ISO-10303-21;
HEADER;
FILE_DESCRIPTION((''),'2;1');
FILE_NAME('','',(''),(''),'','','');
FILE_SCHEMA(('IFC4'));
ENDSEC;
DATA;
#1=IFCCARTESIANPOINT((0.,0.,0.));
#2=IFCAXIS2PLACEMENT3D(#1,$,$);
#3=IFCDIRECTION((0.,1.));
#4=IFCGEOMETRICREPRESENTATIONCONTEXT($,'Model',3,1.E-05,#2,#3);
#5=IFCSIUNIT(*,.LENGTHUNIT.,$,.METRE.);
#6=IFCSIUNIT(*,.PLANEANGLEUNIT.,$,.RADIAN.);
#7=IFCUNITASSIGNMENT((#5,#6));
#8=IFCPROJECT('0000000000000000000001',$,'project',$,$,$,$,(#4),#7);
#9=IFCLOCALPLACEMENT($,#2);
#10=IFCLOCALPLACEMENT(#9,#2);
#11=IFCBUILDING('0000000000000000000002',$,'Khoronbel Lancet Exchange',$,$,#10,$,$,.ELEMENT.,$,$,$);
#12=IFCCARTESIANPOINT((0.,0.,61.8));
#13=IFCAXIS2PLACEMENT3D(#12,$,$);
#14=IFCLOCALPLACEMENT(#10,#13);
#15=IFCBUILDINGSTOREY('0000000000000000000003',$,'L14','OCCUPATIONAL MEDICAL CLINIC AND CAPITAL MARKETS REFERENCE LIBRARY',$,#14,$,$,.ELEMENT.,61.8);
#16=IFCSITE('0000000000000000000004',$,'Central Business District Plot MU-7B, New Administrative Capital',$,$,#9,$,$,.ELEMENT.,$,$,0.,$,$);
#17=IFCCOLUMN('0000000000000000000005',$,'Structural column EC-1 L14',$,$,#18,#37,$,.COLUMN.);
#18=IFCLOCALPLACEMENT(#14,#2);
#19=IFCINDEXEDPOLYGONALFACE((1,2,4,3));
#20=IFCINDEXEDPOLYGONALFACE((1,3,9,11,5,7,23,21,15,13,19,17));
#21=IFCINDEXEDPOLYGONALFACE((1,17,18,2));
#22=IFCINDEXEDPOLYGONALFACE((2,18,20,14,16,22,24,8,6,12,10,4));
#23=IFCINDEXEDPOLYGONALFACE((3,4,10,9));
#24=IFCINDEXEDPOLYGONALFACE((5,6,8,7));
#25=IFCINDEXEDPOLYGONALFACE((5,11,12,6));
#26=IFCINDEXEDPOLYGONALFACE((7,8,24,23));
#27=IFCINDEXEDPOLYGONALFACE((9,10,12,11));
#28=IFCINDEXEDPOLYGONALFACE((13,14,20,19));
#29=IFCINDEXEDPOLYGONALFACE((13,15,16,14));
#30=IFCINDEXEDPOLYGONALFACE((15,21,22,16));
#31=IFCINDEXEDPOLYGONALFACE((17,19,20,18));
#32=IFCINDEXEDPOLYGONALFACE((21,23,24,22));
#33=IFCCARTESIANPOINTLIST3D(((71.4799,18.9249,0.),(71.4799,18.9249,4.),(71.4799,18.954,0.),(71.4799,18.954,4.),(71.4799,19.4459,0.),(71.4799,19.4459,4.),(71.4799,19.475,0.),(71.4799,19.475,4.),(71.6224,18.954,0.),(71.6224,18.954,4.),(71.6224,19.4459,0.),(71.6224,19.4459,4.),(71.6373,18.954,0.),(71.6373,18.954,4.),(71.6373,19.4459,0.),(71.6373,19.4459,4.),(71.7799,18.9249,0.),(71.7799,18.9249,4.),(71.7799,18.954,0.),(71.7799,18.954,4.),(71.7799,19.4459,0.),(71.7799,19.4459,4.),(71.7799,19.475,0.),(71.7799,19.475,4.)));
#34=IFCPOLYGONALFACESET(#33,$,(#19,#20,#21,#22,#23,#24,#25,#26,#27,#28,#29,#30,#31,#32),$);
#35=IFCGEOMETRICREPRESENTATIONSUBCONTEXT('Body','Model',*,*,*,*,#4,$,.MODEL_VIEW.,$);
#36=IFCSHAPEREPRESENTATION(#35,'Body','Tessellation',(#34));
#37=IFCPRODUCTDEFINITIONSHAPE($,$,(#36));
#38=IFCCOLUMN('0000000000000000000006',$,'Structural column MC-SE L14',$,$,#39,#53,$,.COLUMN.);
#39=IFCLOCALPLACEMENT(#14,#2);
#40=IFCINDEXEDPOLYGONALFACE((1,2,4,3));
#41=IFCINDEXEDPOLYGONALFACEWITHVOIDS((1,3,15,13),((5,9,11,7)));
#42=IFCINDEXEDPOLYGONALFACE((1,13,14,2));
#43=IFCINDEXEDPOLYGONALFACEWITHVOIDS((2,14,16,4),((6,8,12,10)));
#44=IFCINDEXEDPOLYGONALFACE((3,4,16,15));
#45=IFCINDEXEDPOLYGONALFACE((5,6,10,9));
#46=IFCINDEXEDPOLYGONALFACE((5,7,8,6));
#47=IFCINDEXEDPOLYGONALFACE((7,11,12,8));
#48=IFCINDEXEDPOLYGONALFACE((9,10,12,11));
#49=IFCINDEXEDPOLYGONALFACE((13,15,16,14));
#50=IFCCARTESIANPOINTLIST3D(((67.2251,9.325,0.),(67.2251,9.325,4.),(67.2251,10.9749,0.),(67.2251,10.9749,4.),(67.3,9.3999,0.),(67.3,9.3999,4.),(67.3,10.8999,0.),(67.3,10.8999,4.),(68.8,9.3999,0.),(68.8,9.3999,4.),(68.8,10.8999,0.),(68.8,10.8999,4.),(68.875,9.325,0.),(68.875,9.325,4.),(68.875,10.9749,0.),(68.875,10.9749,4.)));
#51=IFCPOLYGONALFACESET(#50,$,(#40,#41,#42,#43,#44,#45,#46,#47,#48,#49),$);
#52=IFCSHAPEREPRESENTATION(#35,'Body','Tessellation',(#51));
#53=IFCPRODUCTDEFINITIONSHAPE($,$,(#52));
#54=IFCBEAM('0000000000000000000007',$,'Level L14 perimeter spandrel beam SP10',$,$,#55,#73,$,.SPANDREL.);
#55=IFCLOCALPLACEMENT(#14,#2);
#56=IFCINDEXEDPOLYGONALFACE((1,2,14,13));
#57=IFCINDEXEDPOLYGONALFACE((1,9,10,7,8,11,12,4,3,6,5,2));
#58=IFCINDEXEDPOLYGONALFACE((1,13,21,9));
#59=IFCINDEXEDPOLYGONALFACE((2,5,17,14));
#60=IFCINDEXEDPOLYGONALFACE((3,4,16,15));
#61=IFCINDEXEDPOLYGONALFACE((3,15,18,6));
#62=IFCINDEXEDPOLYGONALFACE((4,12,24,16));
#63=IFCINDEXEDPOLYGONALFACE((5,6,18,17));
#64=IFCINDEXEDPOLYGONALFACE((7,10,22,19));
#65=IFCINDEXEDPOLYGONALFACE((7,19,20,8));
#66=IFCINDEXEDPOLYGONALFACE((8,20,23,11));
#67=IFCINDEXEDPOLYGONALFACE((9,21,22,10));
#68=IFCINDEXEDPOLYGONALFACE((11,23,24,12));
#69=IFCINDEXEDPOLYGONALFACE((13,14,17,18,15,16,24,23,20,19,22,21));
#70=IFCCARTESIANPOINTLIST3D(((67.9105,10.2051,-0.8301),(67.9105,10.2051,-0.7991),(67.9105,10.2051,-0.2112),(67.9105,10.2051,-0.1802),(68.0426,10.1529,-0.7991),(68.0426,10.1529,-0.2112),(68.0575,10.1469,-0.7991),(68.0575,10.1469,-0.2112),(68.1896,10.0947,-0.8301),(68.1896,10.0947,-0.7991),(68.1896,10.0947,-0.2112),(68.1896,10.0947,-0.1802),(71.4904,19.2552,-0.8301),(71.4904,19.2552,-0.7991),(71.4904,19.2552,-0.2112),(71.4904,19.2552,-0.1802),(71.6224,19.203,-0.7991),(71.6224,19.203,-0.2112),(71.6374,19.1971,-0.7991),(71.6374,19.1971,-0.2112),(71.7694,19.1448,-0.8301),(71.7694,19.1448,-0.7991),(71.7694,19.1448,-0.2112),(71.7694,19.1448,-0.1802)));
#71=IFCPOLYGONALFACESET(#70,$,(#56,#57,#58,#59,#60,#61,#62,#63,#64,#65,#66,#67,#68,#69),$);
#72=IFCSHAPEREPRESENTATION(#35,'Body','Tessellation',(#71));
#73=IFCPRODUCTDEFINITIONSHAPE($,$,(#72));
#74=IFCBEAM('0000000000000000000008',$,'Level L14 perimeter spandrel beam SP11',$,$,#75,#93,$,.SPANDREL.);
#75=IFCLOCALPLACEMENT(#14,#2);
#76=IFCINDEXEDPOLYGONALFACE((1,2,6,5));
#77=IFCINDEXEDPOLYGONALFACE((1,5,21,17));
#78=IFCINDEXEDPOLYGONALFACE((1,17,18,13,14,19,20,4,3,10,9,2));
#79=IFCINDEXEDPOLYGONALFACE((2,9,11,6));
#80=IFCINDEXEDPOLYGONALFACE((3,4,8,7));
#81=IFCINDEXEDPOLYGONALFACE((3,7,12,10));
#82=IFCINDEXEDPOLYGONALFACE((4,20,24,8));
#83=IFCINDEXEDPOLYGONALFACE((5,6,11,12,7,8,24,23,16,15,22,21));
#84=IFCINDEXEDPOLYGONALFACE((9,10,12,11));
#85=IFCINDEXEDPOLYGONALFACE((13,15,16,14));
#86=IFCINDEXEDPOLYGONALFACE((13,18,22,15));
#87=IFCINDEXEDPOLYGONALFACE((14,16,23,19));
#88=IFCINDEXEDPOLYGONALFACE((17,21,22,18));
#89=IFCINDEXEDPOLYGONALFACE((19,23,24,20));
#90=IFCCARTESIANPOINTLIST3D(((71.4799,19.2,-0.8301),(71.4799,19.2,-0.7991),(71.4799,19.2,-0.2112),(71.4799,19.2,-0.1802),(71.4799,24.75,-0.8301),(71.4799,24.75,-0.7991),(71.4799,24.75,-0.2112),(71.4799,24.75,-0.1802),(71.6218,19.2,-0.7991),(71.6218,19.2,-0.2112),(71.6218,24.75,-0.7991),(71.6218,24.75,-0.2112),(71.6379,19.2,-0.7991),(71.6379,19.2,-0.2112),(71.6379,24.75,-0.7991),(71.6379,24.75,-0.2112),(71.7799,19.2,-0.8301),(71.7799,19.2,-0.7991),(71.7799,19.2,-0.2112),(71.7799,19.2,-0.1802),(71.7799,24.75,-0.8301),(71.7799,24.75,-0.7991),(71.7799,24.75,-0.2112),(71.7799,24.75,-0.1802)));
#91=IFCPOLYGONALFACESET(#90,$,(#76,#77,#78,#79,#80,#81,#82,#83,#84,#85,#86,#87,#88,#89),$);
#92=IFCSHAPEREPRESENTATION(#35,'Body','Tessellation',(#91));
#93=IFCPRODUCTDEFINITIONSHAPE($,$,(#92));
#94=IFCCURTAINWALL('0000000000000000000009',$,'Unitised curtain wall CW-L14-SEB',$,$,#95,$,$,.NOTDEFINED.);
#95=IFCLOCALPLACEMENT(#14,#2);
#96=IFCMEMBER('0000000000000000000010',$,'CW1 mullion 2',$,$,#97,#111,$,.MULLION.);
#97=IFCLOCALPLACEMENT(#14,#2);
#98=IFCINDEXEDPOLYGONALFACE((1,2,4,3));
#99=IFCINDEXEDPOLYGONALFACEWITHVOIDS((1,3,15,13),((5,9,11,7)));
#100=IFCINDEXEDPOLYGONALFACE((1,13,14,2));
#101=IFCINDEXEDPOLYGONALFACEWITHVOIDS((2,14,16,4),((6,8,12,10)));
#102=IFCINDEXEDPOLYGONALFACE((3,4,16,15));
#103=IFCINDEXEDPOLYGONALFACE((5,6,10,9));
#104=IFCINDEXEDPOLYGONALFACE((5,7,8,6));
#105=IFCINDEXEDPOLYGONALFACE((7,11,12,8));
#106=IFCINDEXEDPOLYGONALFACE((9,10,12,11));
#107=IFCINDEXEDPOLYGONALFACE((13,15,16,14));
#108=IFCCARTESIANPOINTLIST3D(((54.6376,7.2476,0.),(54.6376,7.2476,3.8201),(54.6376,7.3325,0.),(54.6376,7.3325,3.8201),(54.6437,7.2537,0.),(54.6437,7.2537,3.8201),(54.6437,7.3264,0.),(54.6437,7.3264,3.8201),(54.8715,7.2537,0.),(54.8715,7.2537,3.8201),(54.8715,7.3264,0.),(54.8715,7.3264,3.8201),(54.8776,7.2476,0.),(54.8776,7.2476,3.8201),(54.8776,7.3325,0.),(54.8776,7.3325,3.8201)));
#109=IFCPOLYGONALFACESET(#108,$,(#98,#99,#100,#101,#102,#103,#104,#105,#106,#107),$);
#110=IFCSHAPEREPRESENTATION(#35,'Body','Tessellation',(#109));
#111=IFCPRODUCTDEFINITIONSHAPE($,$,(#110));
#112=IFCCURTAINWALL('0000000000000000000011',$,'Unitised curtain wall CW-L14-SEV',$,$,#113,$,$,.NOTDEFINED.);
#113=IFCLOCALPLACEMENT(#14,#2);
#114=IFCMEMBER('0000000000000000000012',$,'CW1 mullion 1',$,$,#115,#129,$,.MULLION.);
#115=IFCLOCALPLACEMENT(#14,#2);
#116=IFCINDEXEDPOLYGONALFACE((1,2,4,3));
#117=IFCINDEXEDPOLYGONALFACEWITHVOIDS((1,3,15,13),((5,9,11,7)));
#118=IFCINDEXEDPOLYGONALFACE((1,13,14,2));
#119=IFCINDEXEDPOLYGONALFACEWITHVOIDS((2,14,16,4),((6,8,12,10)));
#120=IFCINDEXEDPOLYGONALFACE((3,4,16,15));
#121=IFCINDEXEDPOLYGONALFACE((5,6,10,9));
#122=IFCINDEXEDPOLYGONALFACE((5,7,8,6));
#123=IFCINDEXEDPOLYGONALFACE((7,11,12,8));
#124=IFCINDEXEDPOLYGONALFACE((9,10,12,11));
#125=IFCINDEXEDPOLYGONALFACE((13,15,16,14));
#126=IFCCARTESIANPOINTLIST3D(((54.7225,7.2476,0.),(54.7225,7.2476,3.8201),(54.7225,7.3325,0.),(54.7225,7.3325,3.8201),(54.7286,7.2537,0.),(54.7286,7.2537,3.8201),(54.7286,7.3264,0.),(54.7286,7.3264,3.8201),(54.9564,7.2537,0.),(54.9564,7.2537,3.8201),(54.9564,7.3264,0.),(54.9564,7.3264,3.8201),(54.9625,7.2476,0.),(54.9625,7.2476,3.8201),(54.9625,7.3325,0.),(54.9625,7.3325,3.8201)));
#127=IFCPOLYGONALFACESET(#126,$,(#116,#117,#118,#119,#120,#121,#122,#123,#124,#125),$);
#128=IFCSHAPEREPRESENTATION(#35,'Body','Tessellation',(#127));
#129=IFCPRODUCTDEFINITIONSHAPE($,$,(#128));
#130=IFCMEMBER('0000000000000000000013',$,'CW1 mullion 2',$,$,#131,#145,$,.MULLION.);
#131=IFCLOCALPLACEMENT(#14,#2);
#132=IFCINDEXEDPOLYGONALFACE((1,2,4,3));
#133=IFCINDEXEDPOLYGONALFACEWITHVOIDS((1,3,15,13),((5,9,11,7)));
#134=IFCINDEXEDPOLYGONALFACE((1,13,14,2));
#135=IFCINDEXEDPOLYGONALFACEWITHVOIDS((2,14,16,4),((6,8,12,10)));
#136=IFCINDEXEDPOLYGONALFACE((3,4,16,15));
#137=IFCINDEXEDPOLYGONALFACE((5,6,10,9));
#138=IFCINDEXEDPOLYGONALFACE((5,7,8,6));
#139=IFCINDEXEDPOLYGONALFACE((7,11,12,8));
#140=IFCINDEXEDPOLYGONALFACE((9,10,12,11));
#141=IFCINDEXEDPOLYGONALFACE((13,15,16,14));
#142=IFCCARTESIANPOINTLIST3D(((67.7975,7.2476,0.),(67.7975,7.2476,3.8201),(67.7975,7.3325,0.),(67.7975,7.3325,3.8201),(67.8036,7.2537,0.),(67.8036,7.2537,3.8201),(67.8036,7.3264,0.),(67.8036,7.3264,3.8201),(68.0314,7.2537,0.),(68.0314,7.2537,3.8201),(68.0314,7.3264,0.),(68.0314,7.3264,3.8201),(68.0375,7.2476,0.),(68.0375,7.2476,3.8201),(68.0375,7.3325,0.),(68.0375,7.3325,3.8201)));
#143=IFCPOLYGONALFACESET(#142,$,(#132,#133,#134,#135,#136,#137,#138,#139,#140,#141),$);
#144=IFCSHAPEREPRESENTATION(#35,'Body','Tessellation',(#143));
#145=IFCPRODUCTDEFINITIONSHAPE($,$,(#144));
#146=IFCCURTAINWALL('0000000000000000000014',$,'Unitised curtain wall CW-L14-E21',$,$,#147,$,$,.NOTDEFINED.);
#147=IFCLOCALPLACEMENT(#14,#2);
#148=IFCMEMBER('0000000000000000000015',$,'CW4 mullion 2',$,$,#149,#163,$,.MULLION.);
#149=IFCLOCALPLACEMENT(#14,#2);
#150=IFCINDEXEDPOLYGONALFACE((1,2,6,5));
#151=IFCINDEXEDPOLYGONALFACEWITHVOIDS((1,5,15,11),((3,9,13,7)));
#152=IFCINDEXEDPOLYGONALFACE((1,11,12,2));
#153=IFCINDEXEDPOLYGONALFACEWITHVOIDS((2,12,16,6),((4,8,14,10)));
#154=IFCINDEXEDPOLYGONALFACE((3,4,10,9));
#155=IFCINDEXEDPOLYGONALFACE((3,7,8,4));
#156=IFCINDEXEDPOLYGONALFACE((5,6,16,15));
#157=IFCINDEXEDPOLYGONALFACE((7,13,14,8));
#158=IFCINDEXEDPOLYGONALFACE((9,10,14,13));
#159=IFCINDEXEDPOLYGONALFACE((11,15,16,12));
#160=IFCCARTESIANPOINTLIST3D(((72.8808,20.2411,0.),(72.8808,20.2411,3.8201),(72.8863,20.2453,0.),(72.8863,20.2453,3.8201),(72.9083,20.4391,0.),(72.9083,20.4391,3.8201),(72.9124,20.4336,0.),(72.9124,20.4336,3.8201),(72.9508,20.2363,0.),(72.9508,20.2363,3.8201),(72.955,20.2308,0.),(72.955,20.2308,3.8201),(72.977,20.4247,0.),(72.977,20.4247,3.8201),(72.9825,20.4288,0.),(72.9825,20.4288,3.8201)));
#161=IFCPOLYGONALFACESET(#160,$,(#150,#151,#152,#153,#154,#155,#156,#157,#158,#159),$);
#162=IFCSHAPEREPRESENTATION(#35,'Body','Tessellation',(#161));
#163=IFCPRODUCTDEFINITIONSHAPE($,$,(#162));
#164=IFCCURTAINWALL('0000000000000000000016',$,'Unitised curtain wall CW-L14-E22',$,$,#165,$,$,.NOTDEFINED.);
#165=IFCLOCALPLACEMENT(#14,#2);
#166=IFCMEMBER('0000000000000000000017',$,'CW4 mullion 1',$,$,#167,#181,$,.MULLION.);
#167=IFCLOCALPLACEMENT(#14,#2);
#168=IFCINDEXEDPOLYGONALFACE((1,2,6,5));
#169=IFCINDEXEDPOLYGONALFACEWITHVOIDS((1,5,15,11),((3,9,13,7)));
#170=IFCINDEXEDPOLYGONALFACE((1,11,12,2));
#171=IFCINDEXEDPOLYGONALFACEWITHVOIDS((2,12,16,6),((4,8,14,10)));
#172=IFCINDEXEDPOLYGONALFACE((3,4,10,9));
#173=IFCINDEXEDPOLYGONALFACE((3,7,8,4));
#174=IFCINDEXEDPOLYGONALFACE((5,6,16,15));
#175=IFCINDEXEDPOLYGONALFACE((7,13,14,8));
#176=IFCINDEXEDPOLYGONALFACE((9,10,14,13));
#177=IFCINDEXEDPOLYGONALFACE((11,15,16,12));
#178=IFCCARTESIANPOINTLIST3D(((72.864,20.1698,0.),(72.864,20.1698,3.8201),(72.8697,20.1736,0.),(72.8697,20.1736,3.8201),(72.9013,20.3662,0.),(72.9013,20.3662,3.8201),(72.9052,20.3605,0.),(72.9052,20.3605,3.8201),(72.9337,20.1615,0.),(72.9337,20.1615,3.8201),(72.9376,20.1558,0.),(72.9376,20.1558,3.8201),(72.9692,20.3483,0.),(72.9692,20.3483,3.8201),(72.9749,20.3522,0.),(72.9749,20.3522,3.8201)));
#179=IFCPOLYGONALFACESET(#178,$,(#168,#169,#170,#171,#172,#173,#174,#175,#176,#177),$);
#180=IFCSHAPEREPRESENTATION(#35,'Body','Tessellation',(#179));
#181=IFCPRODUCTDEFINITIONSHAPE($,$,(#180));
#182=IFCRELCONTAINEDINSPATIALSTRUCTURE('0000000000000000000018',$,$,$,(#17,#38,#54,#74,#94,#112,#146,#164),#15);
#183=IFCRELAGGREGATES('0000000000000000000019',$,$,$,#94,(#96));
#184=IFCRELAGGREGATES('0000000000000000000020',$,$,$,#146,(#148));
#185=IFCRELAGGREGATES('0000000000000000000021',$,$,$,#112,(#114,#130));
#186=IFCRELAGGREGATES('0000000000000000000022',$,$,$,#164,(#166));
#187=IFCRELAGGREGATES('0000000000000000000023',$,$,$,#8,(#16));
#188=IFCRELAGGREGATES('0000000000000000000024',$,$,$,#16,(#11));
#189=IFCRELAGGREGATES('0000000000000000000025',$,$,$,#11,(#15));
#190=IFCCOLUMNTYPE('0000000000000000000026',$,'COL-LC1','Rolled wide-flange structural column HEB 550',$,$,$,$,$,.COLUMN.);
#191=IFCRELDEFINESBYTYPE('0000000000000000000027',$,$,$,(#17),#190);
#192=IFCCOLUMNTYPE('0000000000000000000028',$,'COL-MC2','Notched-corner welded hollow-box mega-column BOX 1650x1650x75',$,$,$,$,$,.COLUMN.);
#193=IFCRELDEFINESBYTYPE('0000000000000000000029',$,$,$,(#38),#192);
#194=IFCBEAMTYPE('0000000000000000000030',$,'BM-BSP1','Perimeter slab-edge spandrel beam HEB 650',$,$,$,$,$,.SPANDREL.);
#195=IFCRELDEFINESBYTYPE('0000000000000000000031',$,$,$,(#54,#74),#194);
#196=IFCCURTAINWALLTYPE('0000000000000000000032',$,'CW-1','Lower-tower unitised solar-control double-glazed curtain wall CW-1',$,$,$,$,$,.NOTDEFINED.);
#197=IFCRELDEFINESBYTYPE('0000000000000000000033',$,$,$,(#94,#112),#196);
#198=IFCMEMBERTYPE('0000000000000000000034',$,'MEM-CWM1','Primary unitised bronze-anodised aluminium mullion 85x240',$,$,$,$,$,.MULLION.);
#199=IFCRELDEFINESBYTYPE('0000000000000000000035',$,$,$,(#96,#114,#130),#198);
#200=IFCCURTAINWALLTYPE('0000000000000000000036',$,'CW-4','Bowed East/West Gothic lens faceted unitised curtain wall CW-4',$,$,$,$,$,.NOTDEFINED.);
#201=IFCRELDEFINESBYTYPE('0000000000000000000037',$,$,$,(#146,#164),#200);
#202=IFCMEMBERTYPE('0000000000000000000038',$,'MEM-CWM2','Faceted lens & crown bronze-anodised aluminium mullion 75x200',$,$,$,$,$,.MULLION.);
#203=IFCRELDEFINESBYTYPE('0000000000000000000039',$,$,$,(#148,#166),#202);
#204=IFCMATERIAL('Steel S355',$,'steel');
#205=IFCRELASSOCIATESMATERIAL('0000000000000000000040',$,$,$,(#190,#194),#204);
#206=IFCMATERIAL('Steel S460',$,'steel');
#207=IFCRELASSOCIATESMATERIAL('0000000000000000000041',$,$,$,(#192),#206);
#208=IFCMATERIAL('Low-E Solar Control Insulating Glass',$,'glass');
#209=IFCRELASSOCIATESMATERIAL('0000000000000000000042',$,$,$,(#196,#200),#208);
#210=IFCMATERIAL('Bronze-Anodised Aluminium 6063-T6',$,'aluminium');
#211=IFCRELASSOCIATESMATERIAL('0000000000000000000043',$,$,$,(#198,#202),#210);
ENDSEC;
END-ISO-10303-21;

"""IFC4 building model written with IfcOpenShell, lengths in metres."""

from ifc_helpers import new_model, si_unit, direction, frame, origin, origin_2d, place, context, subcontext, project, spatial, hollow_rectangle, i_section, extrude, material, material_profile, profile_set, type_object, element, aggregate, save


model = new_model("IFC4")

# Units and contexts
model_context = context("Model", 3, precision=1e-05, world=origin(), true_north=direction((0.0, 1.0)))
body_context = subcontext(model_context, "Body", "Model", "MODEL_VIEW")
ifc_project = project(units=[si_unit("LENGTHUNIT", "METRE"), si_unit("PLANEANGLEUNIT", "RADIAN")], contexts=[model_context])

# Site, building, storey
site_placement = place(None, origin())
site = spatial("IfcSite", under=ifc_project, at=site_placement, Name="Central Business District Plot MU-7B, New Administrative Capital", CompositionType="ELEMENT", RefElevation=0.0)
building_placement = place(site_placement, origin())
building = spatial("IfcBuilding", under=site, at=building_placement, Name="Khoronbel Lancet Exchange", CompositionType="ELEMENT")
storey_placement = place(building_placement, frame((0.0, 0.0, 61.8)))
storey = spatial("IfcBuildingStorey", under=building, at=storey_placement, Name="L14", Description="OCCUPATIONAL MEDICAL CLINIC AND CAPITAL MARKETS REFERENCE LIBRARY", CompositionType="ELEMENT", Elevation=61.8)

# Columns
ifc_material_1 = material(Name="Steel S355", Category="steel")
ifc_material_profile_1 = material_profile(ifc_material_1, i_section(OverallWidth=0.3, OverallDepth=0.55, WebThickness=0.0149, FlangeThickness=0.0291, at=origin_2d()), Name="HEB 550")
ifc_profile_set_1 = profile_set([ifc_material_profile_1], Name="Steel S355")
column_type_1 = type_object("IfcColumnType", Name="COL-LC1", Description="Rolled wide-flange structural column HEB 550", PredefinedType="COLUMN", material=ifc_profile_set_1)
column_1_placement = place(storey_placement, frame((71.6299, 19.2, 0.0), z_axis=(0.0, 0.0, 1.0), x_axis=(1.0, 0.0, 0.0)))
element("IfcColumn", 1, at=column_1_placement, inside=storey, type_object=column_type_1, Name="Structural column EC-1 L14", PredefinedType="COLUMN", context=body_context, shape_type="SweptSolid", body=[
    extrude(i_section(OverallWidth=0.3, OverallDepth=0.55, WebThickness=0.0149, FlangeThickness=0.0291, at=origin_2d()), origin(), (0.0, 0.0, 1.0), 4.0),
])
ifc_material_2 = material(Name="Steel S460", Category="steel")
ifc_material_profile_2 = material_profile(ifc_material_2, hollow_rectangle(XDim=1.6499, YDim=1.6499, WallThickness=0.075, at=origin_2d()), Name="BOX 1650x1650x75")
ifc_profile_set_2 = profile_set([ifc_material_profile_2], Name="Steel S460")
column_type_2 = type_object("IfcColumnType", Name="COL-MC2", Description="Notched-corner welded hollow-box mega-column BOX 1650x1650x75", PredefinedType="COLUMN", material=ifc_profile_set_2)
column_2_placement = place(storey_placement, frame((68.05, 10.1499, 0.0), z_axis=(0.0, 0.0, 1.0), x_axis=(1.0, 0.0, 0.0)))
element("IfcColumn", 2, at=column_2_placement, inside=storey, type_object=column_type_2, Name="Structural column MC-SE L14", PredefinedType="COLUMN", context=body_context, shape_type="SweptSolid", body=[
    extrude(hollow_rectangle(XDim=1.6499, YDim=1.6499, WallThickness=0.075, at=origin_2d()), origin(), (0.0, 0.0, 1.0), 4.0),
])

# Beams
ifc_material_profile_3 = material_profile(ifc_material_1, i_section(OverallWidth=0.3, OverallDepth=0.6499, WebThickness=0.0161, FlangeThickness=0.031, at=origin_2d()), Name="HEB 650")
ifc_profile_set_3 = profile_set([ifc_material_profile_3], Name="Steel S355")
beam_type = type_object("IfcBeamType", Name="BM-BSP1", Description="Perimeter slab-edge spandrel beam HEB 650", PredefinedType="SPANDREL", material=ifc_profile_set_3)
beam_1_placement = place(storey_placement, frame((68.05, 10.1499, -0.5051), z_axis=(0.367828, 0.929894, 0.0), x_axis=(-0.929894, 0.367828, 0.0)))
element("IfcBeam", 3, at=beam_1_placement, inside=storey, type_object=beam_type, Name="Level L14 perimeter spandrel beam SP10", PredefinedType="SPANDREL", context=body_context, shape_type="SweptSolid", body=[
    extrude(i_section(OverallWidth=0.3, OverallDepth=0.6499, WebThickness=0.0161, FlangeThickness=0.031, at=origin_2d()), origin(), (0.0, 0.0, 1.0), 9.7324),
])
beam_2_placement = place(storey_placement, frame((71.6299, 19.2, -0.5051), z_axis=(0.0, 1.0, 0.0), x_axis=(-1.0, 0.0, 0.0)))
element("IfcBeam", 4, at=beam_2_placement, inside=storey, type_object=beam_type, Name="Level L14 perimeter spandrel beam SP11", PredefinedType="SPANDREL", context=body_context, shape_type="SweptSolid", body=[
    extrude(i_section(OverallWidth=0.3, OverallDepth=0.6499, WebThickness=0.0161, FlangeThickness=0.031, at=origin_2d()), origin(), (0.0, 0.0, 1.0), 5.55),
])

# Curtain wall, member
ifc_material_3 = material(Name="Low-E Solar Control Insulating Glass", Category="glass")
curtain_wall_type_1 = type_object("IfcCurtainWallType", Name="CW-1", Description="Lower-tower unitised solar-control double-glazed curtain wall CW-1", PredefinedType="NOTDEFINED", material=ifc_material_3)
curtain_wall_1_placement = place(storey_placement, origin())
curtain_wall_1 = element("IfcCurtainWall", 5, at=curtain_wall_1_placement, inside=storey, type_object=curtain_wall_type_1, Name="Unitised curtain wall CW-L14-SEB", PredefinedType="NOTDEFINED")
ifc_material_4 = material(Name="Bronze-Anodised Aluminium 6063-T6", Category="aluminium")
ifc_material_profile_4 = material_profile(ifc_material_4, hollow_rectangle(XDim=0.085, YDim=0.24, WallThickness=0.0061, at=origin_2d()), Name="ALU MULLION 85x240")
ifc_profile_set_4 = profile_set([ifc_material_profile_4], Name="Bronze-Anodised Aluminium 6063-T6")
member_type_1 = type_object("IfcMemberType", Name="MEM-CWM1", Description="Primary unitised bronze-anodised aluminium mullion 85x240", PredefinedType="MULLION", material=ifc_profile_set_4)
member_1_placement = place(storey_placement, frame((54.7576, 7.29, 0.0), z_axis=(0.0, 0.0, 1.0), x_axis=(0.0, 1.0, 0.0)))
member_1 = element("IfcMember", 6, at=member_1_placement, type_object=member_type_1, Name="CW1 mullion 2", PredefinedType="MULLION", context=body_context, shape_type="SweptSolid", body=[
    extrude(hollow_rectangle(XDim=0.085, YDim=0.24, WallThickness=0.0061, at=origin_2d()), origin(), (0.0, 0.0, 1.0), 3.8201),
])
aggregate(curtain_wall_1, [member_1])

# Curtain wall, members
curtain_wall_2_placement = place(storey_placement, origin())
curtain_wall_2 = element("IfcCurtainWall", 7, at=curtain_wall_2_placement, inside=storey, type_object=curtain_wall_type_1, Name="Unitised curtain wall CW-L14-SEV", PredefinedType="NOTDEFINED")
member_2_placement = place(storey_placement, frame((54.8425, 7.29, 0.0), z_axis=(0.0, 0.0, 1.0), x_axis=(0.0, 1.0, 0.0)))
member_2 = element("IfcMember", 8, at=member_2_placement, type_object=member_type_1, Name="CW1 mullion 1", PredefinedType="MULLION", context=body_context, shape_type="SweptSolid", body=[
    extrude(hollow_rectangle(XDim=0.085, YDim=0.24, WallThickness=0.0061, at=origin_2d()), origin(), (0.0, 0.0, 1.0), 3.8201),
])
member_3_placement = place(storey_placement, frame((67.9175, 7.29, 0.0), z_axis=(0.0, 0.0, 1.0), x_axis=(0.0, 1.0, 0.0)))
member_3 = element("IfcMember", 9, at=member_3_placement, type_object=member_type_1, Name="CW1 mullion 2", PredefinedType="MULLION", context=body_context, shape_type="SweptSolid", body=[
    extrude(hollow_rectangle(XDim=0.085, YDim=0.24, WallThickness=0.0061, at=origin_2d()), origin(), (0.0, 0.0, 1.0), 3.8201),
])

# Curtain wall, member
curtain_wall_type_2 = type_object("IfcCurtainWallType", Name="CW-4", Description="Bowed East/West Gothic lens faceted unitised curtain wall CW-4", PredefinedType="NOTDEFINED", material=ifc_material_3)
curtain_wall_3_placement = place(storey_placement, origin())
curtain_wall_3 = element("IfcCurtainWall", 10, at=curtain_wall_3_placement, inside=storey, type_object=curtain_wall_type_2, Name="Unitised curtain wall CW-L14-E21", PredefinedType="NOTDEFINED")
ifc_material_profile_5 = material_profile(ifc_material_4, hollow_rectangle(XDim=0.075, YDim=0.2, WallThickness=0.0049, at=origin_2d()), Name="ALU MULLION 75x200")
ifc_profile_set_5 = profile_set([ifc_material_profile_5], Name="Bronze-Anodised Aluminium 6063-T6")
member_type_2 = type_object("IfcMemberType", Name="MEM-CWM2", Description="Faceted lens & crown bronze-anodised aluminium mullion 75x200", PredefinedType="MULLION", material=ifc_profile_set_5)
member_4_placement = place(storey_placement, frame((72.9316, 20.335, 0.0), z_axis=(0.0, 0.0, 1.0), x_axis=(0.990478, -0.137668, 0.0)))
member_4 = element("IfcMember", 11, at=member_4_placement, type_object=member_type_2, Name="CW4 mullion 2", PredefinedType="MULLION", context=body_context, shape_type="SweptSolid", body=[
    extrude(hollow_rectangle(XDim=0.075, YDim=0.2, WallThickness=0.0049, at=origin_2d()), origin(), (0.0, 0.0, 1.0), 3.8201),
])
aggregate(curtain_wall_3, [member_4])

# Curtain wall, member
curtain_wall_4_placement = place(storey_placement, origin())
curtain_wall_4 = element("IfcCurtainWall", 12, at=curtain_wall_4_placement, inside=storey, type_object=curtain_wall_type_2, Name="Unitised curtain wall CW-L14-E22", PredefinedType="NOTDEFINED")
member_5_placement = place(storey_placement, frame((72.9194, 20.261, 0.0), z_axis=(0.0, 0.0, 1.0), x_axis=(0.982445, -0.186551, 0.0)))
member_5 = element("IfcMember", 13, at=member_5_placement, type_object=member_type_2, Name="CW4 mullion 1", PredefinedType="MULLION", context=body_context, shape_type="SweptSolid", body=[
    extrude(hollow_rectangle(XDim=0.075, YDim=0.2, WallThickness=0.0049, at=origin_2d()), origin(), (0.0, 0.0, 1.0), 3.8201),
])

aggregate(curtain_wall_2, [member_2, member_3])
aggregate(curtain_wall_4, [member_5])

save(model, "model.ifc")
